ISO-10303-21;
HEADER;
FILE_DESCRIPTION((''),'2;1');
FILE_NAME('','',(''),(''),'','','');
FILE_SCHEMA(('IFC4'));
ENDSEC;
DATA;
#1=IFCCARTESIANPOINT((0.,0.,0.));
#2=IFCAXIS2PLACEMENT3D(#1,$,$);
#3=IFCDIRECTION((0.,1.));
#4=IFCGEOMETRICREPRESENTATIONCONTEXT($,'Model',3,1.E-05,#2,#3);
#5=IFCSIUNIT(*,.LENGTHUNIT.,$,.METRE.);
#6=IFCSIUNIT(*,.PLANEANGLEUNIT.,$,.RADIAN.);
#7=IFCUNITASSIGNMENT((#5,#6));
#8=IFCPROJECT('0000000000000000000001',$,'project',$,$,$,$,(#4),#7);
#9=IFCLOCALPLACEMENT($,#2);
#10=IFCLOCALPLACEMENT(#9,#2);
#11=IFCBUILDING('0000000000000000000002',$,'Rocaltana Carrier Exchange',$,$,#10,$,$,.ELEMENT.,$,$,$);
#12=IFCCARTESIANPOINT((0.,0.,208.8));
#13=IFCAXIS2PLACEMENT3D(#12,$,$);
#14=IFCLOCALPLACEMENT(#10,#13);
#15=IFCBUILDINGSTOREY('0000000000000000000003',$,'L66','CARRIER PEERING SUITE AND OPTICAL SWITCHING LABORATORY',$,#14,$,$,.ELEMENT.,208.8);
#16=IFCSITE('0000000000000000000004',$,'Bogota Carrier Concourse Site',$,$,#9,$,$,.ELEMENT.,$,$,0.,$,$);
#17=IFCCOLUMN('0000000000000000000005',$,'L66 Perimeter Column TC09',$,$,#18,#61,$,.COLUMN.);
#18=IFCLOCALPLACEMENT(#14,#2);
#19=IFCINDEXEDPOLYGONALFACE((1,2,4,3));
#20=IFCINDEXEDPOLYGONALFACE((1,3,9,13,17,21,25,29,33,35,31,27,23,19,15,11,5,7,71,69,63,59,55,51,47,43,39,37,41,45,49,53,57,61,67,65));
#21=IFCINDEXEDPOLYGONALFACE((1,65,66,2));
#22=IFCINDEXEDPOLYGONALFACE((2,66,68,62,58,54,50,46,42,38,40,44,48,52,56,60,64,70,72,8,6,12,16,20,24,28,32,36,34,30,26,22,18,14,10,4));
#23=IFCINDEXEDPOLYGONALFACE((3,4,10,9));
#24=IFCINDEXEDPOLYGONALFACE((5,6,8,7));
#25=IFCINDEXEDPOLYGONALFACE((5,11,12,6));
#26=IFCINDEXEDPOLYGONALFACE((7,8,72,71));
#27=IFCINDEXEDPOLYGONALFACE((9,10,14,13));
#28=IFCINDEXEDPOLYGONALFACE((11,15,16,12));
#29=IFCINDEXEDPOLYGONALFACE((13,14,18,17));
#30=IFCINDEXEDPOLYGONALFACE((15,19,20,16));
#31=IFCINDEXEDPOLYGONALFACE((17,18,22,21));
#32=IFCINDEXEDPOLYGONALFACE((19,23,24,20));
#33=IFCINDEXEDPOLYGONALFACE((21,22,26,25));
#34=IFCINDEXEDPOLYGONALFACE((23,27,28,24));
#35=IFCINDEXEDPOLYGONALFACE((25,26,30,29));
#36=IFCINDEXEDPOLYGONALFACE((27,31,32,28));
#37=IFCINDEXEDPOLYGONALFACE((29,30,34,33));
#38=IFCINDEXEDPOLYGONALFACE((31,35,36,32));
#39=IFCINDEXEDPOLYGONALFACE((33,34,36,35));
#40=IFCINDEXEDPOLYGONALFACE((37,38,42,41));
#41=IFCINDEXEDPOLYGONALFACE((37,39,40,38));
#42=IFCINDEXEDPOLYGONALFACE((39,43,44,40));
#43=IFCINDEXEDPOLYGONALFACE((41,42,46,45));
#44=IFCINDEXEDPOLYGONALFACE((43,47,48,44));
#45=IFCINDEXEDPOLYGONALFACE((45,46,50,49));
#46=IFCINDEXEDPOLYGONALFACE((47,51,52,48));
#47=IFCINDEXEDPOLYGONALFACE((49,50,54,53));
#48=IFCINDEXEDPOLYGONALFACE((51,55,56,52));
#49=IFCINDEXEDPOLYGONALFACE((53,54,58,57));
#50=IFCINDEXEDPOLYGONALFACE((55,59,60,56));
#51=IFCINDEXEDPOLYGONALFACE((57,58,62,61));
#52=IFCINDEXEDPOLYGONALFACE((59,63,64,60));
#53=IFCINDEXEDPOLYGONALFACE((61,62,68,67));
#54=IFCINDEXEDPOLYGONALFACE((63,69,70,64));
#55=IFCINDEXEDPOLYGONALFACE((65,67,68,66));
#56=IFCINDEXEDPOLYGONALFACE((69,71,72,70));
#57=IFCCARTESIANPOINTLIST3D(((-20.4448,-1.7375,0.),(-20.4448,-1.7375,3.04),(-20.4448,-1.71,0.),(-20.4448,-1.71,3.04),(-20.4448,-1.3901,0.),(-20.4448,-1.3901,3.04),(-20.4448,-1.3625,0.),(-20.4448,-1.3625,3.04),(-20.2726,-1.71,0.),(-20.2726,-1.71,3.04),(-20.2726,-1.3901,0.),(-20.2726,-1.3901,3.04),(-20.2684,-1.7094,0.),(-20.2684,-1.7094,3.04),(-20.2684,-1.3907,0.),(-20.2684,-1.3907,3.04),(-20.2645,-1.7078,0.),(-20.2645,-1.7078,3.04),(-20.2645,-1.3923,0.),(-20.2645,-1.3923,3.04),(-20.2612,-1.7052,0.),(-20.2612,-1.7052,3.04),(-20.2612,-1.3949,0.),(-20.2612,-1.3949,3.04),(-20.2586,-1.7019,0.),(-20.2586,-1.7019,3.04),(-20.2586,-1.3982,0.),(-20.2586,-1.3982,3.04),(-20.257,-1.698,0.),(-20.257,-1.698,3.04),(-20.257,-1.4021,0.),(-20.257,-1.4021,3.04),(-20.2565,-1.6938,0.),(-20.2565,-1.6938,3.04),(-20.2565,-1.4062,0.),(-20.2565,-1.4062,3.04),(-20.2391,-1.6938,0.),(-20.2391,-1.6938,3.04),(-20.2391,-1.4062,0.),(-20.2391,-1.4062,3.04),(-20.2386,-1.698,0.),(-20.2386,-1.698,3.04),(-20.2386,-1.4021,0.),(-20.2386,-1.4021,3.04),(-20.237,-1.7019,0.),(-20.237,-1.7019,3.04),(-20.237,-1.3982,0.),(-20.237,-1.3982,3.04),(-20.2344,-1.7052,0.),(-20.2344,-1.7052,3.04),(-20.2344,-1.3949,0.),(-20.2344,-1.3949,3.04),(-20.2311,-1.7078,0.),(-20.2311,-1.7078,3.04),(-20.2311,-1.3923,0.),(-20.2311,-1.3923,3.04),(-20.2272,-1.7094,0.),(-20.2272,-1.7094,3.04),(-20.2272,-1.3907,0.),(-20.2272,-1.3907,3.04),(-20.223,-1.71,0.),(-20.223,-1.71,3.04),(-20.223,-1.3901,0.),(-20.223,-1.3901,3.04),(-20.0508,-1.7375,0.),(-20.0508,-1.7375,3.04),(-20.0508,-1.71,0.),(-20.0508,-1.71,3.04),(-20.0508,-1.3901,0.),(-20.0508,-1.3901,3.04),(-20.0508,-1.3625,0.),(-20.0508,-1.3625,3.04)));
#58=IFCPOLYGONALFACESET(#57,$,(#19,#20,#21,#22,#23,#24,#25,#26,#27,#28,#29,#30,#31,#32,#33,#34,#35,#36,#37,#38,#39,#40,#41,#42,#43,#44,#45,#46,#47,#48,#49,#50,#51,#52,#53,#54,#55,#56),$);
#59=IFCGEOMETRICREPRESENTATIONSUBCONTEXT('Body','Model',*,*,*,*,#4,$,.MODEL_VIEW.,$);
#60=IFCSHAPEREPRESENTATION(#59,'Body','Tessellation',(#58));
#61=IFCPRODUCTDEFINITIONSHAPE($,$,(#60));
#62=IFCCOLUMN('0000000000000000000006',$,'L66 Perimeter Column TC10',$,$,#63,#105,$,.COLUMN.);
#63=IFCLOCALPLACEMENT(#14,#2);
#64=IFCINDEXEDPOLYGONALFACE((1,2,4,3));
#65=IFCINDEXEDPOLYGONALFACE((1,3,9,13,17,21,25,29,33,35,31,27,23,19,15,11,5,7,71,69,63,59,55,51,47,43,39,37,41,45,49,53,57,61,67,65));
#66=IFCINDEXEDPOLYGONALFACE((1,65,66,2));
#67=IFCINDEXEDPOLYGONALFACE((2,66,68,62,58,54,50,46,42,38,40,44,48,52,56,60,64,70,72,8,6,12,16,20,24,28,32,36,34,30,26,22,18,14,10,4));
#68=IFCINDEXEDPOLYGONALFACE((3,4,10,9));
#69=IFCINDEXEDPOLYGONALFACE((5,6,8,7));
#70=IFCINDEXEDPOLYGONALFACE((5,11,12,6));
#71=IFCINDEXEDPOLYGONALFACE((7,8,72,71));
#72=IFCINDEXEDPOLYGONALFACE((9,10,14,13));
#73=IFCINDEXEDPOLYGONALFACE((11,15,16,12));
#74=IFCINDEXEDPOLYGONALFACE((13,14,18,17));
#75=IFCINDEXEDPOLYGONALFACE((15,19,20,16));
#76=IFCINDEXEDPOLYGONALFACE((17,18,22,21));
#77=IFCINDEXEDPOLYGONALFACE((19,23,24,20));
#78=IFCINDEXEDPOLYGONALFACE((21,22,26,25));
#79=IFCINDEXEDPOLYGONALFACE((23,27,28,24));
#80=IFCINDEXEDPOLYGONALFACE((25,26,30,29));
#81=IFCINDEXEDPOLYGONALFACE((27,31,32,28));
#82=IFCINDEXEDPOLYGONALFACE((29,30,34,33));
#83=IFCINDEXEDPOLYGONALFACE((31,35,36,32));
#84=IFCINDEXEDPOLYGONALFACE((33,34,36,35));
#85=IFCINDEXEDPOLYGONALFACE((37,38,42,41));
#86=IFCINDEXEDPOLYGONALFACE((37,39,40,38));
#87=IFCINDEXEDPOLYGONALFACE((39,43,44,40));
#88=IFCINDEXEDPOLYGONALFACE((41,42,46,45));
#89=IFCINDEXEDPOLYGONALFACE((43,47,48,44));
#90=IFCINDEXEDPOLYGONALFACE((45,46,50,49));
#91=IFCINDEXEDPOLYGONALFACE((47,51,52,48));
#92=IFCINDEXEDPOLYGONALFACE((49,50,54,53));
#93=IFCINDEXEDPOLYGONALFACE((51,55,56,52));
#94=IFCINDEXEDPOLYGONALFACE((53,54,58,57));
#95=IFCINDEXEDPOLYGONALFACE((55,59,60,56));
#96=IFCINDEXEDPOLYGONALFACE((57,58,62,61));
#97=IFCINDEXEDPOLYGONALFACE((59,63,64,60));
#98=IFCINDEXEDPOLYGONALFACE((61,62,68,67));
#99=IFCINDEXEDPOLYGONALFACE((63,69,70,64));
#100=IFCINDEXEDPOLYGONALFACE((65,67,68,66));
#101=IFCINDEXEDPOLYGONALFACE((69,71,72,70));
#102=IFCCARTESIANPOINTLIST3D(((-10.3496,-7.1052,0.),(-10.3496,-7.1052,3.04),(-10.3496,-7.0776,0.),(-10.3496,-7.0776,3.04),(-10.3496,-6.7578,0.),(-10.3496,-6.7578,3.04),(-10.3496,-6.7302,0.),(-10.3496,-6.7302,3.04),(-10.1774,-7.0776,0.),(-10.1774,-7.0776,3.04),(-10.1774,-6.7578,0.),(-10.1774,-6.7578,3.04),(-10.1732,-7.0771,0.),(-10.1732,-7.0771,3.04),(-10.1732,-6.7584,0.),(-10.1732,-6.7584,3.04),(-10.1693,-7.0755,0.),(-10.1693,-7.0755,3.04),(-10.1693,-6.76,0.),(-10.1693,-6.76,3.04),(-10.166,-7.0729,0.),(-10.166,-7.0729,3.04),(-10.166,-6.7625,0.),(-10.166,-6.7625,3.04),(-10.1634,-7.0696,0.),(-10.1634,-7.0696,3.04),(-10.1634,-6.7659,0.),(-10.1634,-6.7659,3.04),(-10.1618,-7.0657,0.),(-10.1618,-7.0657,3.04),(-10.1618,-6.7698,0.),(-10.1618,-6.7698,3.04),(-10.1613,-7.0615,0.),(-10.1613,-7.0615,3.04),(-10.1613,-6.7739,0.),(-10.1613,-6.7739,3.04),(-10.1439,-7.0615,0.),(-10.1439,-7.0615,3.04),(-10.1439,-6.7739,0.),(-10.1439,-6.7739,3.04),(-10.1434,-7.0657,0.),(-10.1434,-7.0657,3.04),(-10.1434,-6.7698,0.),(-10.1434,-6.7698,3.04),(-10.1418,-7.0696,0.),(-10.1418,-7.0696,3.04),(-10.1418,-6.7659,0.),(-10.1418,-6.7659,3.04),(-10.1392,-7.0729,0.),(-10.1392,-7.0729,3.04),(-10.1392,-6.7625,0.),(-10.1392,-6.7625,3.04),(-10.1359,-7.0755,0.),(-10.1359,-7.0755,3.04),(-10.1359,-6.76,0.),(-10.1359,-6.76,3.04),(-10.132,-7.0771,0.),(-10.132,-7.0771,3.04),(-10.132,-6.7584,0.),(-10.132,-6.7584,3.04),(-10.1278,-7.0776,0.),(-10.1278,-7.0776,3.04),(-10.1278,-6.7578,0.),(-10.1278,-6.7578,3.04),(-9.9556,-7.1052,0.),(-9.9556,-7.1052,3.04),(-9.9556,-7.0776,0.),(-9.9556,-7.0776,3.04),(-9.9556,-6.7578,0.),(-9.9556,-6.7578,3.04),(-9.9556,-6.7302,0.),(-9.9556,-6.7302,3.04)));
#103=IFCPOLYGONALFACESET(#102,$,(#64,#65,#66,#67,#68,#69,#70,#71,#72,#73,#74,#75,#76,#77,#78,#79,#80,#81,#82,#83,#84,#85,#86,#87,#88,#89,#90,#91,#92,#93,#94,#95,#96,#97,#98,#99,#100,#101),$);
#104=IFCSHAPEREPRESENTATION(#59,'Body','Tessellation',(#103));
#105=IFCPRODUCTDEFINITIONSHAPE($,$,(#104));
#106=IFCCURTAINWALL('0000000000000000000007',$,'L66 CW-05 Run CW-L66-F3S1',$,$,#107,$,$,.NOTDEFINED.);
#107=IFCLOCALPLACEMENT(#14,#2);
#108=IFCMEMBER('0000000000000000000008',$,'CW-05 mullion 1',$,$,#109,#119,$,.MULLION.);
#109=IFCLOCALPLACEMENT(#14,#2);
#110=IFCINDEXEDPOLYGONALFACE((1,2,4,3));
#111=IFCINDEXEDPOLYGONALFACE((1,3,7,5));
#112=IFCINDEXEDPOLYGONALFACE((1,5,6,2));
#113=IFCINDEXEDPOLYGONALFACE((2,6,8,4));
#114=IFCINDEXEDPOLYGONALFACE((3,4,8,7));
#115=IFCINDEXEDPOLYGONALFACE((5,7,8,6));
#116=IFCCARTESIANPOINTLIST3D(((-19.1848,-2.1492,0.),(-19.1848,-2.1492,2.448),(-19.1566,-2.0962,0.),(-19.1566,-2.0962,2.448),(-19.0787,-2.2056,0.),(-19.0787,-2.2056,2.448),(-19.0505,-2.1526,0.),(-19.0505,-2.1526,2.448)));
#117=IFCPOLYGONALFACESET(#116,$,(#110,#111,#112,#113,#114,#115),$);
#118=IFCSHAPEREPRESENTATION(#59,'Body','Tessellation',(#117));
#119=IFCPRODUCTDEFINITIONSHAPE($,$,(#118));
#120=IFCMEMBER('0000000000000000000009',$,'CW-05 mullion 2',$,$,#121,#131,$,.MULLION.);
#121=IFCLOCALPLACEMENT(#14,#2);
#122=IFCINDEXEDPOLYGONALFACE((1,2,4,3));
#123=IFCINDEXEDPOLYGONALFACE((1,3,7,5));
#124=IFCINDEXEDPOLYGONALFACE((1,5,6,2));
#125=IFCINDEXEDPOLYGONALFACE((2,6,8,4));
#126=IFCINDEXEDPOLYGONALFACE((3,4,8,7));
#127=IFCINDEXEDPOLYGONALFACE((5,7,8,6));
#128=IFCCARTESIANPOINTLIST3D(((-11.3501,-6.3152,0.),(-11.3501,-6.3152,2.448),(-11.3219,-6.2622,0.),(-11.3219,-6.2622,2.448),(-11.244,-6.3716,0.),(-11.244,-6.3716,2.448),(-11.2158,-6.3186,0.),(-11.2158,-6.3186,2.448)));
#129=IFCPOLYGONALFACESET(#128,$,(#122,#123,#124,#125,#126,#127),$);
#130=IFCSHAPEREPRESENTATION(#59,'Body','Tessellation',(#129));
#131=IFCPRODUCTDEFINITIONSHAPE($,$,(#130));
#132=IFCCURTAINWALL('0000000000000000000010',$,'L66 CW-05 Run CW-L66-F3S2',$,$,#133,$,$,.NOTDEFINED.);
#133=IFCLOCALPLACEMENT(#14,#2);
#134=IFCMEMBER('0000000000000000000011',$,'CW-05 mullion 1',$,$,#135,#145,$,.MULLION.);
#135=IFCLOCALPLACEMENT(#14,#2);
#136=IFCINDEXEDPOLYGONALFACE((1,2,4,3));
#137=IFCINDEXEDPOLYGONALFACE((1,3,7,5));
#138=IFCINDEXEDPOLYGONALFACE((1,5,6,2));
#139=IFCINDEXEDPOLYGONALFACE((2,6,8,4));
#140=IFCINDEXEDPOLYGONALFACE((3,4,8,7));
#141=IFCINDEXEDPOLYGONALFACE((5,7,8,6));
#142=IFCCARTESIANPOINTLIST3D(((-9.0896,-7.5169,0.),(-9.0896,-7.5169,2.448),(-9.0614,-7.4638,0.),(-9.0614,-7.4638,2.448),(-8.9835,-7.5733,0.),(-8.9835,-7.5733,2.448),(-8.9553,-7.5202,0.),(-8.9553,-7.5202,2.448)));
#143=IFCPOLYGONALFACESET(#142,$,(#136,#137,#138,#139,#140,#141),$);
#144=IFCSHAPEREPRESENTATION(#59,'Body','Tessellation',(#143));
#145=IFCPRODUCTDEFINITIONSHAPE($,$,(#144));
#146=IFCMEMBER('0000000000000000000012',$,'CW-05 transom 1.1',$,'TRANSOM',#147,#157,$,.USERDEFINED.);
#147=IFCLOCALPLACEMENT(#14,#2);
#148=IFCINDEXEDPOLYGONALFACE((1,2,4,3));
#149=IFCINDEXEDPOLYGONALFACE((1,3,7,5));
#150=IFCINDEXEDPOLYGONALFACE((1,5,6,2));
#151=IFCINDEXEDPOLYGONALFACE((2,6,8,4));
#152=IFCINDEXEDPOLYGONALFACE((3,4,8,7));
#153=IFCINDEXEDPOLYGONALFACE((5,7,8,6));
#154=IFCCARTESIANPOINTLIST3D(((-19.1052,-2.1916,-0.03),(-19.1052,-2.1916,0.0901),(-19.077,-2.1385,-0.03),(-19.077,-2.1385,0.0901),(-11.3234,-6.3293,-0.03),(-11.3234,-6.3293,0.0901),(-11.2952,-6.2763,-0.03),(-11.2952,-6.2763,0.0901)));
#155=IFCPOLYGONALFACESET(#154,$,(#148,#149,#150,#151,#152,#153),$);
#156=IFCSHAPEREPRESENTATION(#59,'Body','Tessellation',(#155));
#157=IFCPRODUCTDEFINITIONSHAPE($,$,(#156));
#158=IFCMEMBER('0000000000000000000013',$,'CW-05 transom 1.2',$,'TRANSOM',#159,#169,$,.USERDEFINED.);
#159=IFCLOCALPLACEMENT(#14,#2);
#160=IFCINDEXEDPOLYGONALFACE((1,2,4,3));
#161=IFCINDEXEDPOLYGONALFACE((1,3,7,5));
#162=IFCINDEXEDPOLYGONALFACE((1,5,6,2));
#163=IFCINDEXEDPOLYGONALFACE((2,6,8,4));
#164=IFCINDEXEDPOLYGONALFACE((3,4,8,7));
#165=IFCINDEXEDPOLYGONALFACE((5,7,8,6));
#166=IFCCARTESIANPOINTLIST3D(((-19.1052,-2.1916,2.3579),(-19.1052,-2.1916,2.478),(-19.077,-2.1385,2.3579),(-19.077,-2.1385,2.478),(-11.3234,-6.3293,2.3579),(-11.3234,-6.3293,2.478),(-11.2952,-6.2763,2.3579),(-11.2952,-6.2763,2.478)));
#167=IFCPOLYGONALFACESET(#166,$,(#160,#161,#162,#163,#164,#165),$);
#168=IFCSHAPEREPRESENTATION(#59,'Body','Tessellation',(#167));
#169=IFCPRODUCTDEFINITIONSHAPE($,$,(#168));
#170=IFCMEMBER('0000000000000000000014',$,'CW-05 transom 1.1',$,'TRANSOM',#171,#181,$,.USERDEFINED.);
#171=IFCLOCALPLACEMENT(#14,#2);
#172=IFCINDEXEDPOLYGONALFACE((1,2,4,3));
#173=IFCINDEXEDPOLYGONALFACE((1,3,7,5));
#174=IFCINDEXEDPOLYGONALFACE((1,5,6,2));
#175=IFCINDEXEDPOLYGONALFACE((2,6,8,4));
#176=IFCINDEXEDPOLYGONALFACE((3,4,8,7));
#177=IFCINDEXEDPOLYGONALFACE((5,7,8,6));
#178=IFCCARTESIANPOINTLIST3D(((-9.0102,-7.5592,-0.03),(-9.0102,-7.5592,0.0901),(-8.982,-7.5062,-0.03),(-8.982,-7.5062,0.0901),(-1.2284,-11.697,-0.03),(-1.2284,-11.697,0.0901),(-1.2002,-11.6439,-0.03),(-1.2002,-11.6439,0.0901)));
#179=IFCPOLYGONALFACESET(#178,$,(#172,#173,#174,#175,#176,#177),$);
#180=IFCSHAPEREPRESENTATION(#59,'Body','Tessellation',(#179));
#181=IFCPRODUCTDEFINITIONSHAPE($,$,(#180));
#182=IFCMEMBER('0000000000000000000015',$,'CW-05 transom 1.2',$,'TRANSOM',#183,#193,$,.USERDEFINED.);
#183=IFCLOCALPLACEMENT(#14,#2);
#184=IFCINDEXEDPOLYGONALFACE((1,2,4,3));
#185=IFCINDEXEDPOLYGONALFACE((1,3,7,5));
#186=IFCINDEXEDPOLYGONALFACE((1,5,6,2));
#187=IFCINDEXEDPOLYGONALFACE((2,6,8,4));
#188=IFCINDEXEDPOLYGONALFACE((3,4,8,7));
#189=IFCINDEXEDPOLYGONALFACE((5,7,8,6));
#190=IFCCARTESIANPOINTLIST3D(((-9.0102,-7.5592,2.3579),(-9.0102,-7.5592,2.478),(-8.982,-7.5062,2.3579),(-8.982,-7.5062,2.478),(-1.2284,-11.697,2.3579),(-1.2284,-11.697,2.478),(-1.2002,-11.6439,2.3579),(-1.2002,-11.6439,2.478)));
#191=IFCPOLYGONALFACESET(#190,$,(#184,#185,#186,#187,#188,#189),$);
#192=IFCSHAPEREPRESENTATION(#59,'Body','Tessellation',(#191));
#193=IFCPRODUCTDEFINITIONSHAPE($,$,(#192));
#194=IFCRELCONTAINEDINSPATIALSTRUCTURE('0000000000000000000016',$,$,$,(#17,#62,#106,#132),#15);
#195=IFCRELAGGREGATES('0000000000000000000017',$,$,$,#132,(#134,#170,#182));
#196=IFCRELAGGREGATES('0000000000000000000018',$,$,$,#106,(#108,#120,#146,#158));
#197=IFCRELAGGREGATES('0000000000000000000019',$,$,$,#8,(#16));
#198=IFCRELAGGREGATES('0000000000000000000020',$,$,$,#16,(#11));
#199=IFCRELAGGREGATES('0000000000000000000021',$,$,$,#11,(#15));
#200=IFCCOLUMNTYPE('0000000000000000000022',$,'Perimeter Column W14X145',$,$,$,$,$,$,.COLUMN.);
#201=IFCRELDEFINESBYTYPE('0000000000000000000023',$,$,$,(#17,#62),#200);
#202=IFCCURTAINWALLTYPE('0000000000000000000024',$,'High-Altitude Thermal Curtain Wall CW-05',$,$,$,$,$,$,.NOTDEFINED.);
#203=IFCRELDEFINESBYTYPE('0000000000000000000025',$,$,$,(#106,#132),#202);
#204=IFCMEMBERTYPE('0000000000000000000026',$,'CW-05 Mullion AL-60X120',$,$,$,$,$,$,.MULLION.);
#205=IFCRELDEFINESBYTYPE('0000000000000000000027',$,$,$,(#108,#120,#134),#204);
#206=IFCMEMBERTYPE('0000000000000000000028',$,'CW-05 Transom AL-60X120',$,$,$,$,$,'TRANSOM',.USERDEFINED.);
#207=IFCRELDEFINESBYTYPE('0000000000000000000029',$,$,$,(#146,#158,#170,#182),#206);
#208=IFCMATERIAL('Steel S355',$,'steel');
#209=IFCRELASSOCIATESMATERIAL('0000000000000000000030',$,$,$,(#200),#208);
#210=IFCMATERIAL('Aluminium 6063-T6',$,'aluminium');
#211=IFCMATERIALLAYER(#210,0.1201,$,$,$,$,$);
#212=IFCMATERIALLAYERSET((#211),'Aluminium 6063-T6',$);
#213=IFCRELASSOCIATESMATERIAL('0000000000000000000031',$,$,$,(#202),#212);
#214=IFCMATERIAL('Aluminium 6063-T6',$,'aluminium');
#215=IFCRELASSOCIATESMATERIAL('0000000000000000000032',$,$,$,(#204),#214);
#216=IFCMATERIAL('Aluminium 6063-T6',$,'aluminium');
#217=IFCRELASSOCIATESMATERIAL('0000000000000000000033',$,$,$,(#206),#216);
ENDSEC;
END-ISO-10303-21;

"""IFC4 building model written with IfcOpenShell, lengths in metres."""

from ifc_helpers import new_model, si_unit, direction, frame, origin, origin_2d, place, context, subcontext, project, spatial, rectangle, i_section, extrude, material, layer, layer_set, material_profile, profile_set, type_object, element, aggregate, save


model = new_model("IFC4")

# Units and contexts
model_context = context("Model", 3, precision=1e-05, world=origin(), true_north=direction((0.0, 1.0)))
body_context = subcontext(model_context, "Body", "Model", "MODEL_VIEW")
ifc_project = project(units=[si_unit("LENGTHUNIT", "METRE"), si_unit("PLANEANGLEUNIT", "RADIAN")], contexts=[model_context])

# Site, building, storey
site_placement = place(None, origin())
site = spatial("IfcSite", under=ifc_project, at=site_placement, Name="Bogota Carrier Concourse Site", CompositionType="ELEMENT", RefElevation=0.0)
building_placement = place(site_placement, origin())
building = spatial("IfcBuilding", under=site, at=building_placement, Name="Rocaltana Carrier Exchange", CompositionType="ELEMENT")
storey_placement = place(building_placement, frame((0.0, 0.0, 208.8)))
storey = spatial("IfcBuildingStorey", under=building, at=storey_placement, Name="L66", Description="CARRIER PEERING SUITE AND OPTICAL SWITCHING LABORATORY", CompositionType="ELEMENT", Elevation=208.8)

# Columns
ifc_material_1 = material(Name="Steel S355", Category="steel")
ifc_material_profile_1 = material_profile(ifc_material_1, i_section(OverallWidth=0.394, OverallDepth=0.375, WebThickness=0.0173, FlangeThickness=0.0276, FilletRadius=0.0161, at=origin_2d()), Name="W14X145")
ifc_profile_set_1 = profile_set([ifc_material_profile_1], Name="Steel S355")
column_type = type_object("IfcColumnType", Name="Perimeter Column W14X145", PredefinedType="COLUMN", material=ifc_profile_set_1)
for number, where, z_axis, x_axis, name in (
    (1, (-20.2478, -1.55, 0.0), (0.0, 0.0, 1.0), (1.0, 0.0, 0.0), "L66 Perimeter Column TC09"),
    (2, (-10.1526, -6.9177, 0.0), (0.0, 0.0, 1.0), (1.0, 0.0, 0.0), "L66 Perimeter Column TC10"),
):
    element("IfcColumn", number, at=place(storey_placement, frame(where, z_axis=z_axis, x_axis=x_axis)), inside=storey, type_object=column_type, Name=name, PredefinedType="COLUMN", context=body_context, shape_type="SweptSolid", body=[
        extrude(i_section(OverallWidth=0.394, OverallDepth=0.375, WebThickness=0.0173, FlangeThickness=0.0276, FilletRadius=0.0161, at=origin_2d()), origin(), (0.0, 0.0, 1.0), 3.04),
    ])

# Curtain wall, members
ifc_material_2 = material(Name="Aluminium 6063-T6", Category="aluminium")
ifc_layer_1 = layer(ifc_material_2, 0.1201)
ifc_layer_set_1 = layer_set([ifc_layer_1], Name="Aluminium 6063-T6")
curtain_wall_type = type_object("IfcCurtainWallType", Name="High-Altitude Thermal Curtain Wall CW-05", PredefinedType="NOTDEFINED", material=ifc_layer_set_1)
curtain_wall_1_placement = place(storey_placement, origin())
curtain_wall_1 = element("IfcCurtainWall", 3, at=curtain_wall_1_placement, inside=storey, type_object=curtain_wall_type, Name="L66 CW-05 Run CW-L66-F3S1", PredefinedType="NOTDEFINED")
ifc_material_3 = material(Name="Aluminium 6063-T6", Category="aluminium")
ifc_material_profile_2 = material_profile(ifc_material_3, rectangle(XDim=0.0601, YDim=0.1201, at=origin_2d()), Name="AL-60X120")
ifc_profile_set_2 = profile_set([ifc_material_profile_2], Name="Aluminium 6063-T6")
member_type_1 = type_object("IfcMemberType", Name="CW-05 Mullion AL-60X120", PredefinedType="MULLION", material=ifc_profile_set_2)
member_1_placement = place(storey_placement, frame((-19.1177, -2.1509, 0.0), z_axis=(0.0, 0.0, 1.0), x_axis=(0.469483, 0.882941, 0.0)))
member_1 = element("IfcMember", 4, at=member_1_placement, type_object=member_type_1, Name="CW-05 mullion 1", PredefinedType="MULLION", context=body_context, shape_type="SweptSolid", body=[
    extrude(rectangle(XDim=0.0601, YDim=0.1201, at=origin_2d()), origin(), (0.0, 0.0, 1.0), 2.448),
])
member_2_placement = place(storey_placement, frame((-11.283, -6.3169, 0.0), z_axis=(0.0, 0.0, 1.0), x_axis=(0.469483, 0.882941, 0.0)))
member_2 = element("IfcMember", 5, at=member_2_placement, type_object=member_type_1, Name="CW-05 mullion 2", PredefinedType="MULLION", context=body_context, shape_type="SweptSolid", body=[
    extrude(rectangle(XDim=0.0601, YDim=0.1201, at=origin_2d()), origin(), (0.0, 0.0, 1.0), 2.448),
])

# Curtain wall, member
curtain_wall_2_placement = place(storey_placement, origin())
curtain_wall_2 = element("IfcCurtainWall", 6, at=curtain_wall_2_placement, inside=storey, type_object=curtain_wall_type, Name="L66 CW-05 Run CW-L66-F3S2", PredefinedType="NOTDEFINED")
member_3_placement = place(storey_placement, frame((-9.0225, -7.5186, 0.0), z_axis=(0.0, 0.0, 1.0), x_axis=(0.469479, 0.882943, 0.0)))
member_3 = element("IfcMember", 7, at=member_3_placement, type_object=member_type_1, Name="CW-05 mullion 1", PredefinedType="MULLION", context=body_context, shape_type="SweptSolid", body=[
    extrude(rectangle(XDim=0.0601, YDim=0.1201, at=origin_2d()), origin(), (0.0, 0.0, 1.0), 2.448),
])

# Members
ifc_material_4 = material(Name="Aluminium 6063-T6", Category="aluminium")
ifc_material_profile_3 = material_profile(ifc_material_4, rectangle(XDim=0.0601, YDim=0.1201, at=origin_2d()), Name="AL-60X120")
ifc_profile_set_3 = profile_set([ifc_material_profile_3], Name="Aluminium 6063-T6")
member_type_2 = type_object("IfcMemberType", Name="CW-05 Transom AL-60X120", ElementType="TRANSOM", PredefinedType="USERDEFINED", material=ifc_profile_set_3)
member_4_placement = place(storey_placement, frame((-19.0911, -2.165, 0.03), z_axis=(0.882944, -0.469478, 0.0), x_axis=(0.469478, 0.882944, 0.0)))
member_4 = element("IfcMember", 8, at=member_4_placement, type_object=member_type_2, Name="CW-05 transom 1.1", ObjectType="TRANSOM", PredefinedType="USERDEFINED", context=body_context, shape_type="SweptSolid", body=[
    extrude(rectangle(XDim=0.0601, YDim=0.1201, at=origin_2d()), origin(), (0.0, 0.0, 1.0), 8.8135),
])
member_5_placement = place(storey_placement, frame((-19.0911, -2.165, 2.418), z_axis=(0.882944, -0.469478, 0.0), x_axis=(0.469478, 0.882944, 0.0)))
member_5 = element("IfcMember", 9, at=member_5_placement, type_object=member_type_2, Name="CW-05 transom 1.2", ObjectType="TRANSOM", PredefinedType="USERDEFINED", context=body_context, shape_type="SweptSolid", body=[
    extrude(rectangle(XDim=0.0601, YDim=0.1201, at=origin_2d()), origin(), (0.0, 0.0, 1.0), 8.8135),
])
member_6_placement = place(storey_placement, frame((-8.9961, -7.5327, 0.03), z_axis=(0.882944, -0.469478, 0.0), x_axis=(0.469478, 0.882944, 0.0)))
member_6 = element("IfcMember", 10, at=member_6_placement, type_object=member_type_2, Name="CW-05 transom 1.1", ObjectType="TRANSOM", PredefinedType="USERDEFINED", context=body_context, shape_type="SweptSolid", body=[
    extrude(rectangle(XDim=0.0601, YDim=0.1201, at=origin_2d()), origin(), (0.0, 0.0, 1.0), 8.8135),
])
member_7_placement = place(storey_placement, frame((-8.9961, -7.5327, 2.418), z_axis=(0.882944, -0.469478, 0.0), x_axis=(0.469478, 0.882944, 0.0)))
member_7 = element("IfcMember", 11, at=member_7_placement, type_object=member_type_2, Name="CW-05 transom 1.2", ObjectType="TRANSOM", PredefinedType="USERDEFINED", context=body_context, shape_type="SweptSolid", body=[
    extrude(rectangle(XDim=0.0601, YDim=0.1201, at=origin_2d()), origin(), (0.0, 0.0, 1.0), 8.8135),
])
aggregate(curtain_wall_2, [member_3, member_6, member_7])

aggregate(curtain_wall_1, [member_1, member_2, member_4, member_5])

save(model, "model.ifc")
